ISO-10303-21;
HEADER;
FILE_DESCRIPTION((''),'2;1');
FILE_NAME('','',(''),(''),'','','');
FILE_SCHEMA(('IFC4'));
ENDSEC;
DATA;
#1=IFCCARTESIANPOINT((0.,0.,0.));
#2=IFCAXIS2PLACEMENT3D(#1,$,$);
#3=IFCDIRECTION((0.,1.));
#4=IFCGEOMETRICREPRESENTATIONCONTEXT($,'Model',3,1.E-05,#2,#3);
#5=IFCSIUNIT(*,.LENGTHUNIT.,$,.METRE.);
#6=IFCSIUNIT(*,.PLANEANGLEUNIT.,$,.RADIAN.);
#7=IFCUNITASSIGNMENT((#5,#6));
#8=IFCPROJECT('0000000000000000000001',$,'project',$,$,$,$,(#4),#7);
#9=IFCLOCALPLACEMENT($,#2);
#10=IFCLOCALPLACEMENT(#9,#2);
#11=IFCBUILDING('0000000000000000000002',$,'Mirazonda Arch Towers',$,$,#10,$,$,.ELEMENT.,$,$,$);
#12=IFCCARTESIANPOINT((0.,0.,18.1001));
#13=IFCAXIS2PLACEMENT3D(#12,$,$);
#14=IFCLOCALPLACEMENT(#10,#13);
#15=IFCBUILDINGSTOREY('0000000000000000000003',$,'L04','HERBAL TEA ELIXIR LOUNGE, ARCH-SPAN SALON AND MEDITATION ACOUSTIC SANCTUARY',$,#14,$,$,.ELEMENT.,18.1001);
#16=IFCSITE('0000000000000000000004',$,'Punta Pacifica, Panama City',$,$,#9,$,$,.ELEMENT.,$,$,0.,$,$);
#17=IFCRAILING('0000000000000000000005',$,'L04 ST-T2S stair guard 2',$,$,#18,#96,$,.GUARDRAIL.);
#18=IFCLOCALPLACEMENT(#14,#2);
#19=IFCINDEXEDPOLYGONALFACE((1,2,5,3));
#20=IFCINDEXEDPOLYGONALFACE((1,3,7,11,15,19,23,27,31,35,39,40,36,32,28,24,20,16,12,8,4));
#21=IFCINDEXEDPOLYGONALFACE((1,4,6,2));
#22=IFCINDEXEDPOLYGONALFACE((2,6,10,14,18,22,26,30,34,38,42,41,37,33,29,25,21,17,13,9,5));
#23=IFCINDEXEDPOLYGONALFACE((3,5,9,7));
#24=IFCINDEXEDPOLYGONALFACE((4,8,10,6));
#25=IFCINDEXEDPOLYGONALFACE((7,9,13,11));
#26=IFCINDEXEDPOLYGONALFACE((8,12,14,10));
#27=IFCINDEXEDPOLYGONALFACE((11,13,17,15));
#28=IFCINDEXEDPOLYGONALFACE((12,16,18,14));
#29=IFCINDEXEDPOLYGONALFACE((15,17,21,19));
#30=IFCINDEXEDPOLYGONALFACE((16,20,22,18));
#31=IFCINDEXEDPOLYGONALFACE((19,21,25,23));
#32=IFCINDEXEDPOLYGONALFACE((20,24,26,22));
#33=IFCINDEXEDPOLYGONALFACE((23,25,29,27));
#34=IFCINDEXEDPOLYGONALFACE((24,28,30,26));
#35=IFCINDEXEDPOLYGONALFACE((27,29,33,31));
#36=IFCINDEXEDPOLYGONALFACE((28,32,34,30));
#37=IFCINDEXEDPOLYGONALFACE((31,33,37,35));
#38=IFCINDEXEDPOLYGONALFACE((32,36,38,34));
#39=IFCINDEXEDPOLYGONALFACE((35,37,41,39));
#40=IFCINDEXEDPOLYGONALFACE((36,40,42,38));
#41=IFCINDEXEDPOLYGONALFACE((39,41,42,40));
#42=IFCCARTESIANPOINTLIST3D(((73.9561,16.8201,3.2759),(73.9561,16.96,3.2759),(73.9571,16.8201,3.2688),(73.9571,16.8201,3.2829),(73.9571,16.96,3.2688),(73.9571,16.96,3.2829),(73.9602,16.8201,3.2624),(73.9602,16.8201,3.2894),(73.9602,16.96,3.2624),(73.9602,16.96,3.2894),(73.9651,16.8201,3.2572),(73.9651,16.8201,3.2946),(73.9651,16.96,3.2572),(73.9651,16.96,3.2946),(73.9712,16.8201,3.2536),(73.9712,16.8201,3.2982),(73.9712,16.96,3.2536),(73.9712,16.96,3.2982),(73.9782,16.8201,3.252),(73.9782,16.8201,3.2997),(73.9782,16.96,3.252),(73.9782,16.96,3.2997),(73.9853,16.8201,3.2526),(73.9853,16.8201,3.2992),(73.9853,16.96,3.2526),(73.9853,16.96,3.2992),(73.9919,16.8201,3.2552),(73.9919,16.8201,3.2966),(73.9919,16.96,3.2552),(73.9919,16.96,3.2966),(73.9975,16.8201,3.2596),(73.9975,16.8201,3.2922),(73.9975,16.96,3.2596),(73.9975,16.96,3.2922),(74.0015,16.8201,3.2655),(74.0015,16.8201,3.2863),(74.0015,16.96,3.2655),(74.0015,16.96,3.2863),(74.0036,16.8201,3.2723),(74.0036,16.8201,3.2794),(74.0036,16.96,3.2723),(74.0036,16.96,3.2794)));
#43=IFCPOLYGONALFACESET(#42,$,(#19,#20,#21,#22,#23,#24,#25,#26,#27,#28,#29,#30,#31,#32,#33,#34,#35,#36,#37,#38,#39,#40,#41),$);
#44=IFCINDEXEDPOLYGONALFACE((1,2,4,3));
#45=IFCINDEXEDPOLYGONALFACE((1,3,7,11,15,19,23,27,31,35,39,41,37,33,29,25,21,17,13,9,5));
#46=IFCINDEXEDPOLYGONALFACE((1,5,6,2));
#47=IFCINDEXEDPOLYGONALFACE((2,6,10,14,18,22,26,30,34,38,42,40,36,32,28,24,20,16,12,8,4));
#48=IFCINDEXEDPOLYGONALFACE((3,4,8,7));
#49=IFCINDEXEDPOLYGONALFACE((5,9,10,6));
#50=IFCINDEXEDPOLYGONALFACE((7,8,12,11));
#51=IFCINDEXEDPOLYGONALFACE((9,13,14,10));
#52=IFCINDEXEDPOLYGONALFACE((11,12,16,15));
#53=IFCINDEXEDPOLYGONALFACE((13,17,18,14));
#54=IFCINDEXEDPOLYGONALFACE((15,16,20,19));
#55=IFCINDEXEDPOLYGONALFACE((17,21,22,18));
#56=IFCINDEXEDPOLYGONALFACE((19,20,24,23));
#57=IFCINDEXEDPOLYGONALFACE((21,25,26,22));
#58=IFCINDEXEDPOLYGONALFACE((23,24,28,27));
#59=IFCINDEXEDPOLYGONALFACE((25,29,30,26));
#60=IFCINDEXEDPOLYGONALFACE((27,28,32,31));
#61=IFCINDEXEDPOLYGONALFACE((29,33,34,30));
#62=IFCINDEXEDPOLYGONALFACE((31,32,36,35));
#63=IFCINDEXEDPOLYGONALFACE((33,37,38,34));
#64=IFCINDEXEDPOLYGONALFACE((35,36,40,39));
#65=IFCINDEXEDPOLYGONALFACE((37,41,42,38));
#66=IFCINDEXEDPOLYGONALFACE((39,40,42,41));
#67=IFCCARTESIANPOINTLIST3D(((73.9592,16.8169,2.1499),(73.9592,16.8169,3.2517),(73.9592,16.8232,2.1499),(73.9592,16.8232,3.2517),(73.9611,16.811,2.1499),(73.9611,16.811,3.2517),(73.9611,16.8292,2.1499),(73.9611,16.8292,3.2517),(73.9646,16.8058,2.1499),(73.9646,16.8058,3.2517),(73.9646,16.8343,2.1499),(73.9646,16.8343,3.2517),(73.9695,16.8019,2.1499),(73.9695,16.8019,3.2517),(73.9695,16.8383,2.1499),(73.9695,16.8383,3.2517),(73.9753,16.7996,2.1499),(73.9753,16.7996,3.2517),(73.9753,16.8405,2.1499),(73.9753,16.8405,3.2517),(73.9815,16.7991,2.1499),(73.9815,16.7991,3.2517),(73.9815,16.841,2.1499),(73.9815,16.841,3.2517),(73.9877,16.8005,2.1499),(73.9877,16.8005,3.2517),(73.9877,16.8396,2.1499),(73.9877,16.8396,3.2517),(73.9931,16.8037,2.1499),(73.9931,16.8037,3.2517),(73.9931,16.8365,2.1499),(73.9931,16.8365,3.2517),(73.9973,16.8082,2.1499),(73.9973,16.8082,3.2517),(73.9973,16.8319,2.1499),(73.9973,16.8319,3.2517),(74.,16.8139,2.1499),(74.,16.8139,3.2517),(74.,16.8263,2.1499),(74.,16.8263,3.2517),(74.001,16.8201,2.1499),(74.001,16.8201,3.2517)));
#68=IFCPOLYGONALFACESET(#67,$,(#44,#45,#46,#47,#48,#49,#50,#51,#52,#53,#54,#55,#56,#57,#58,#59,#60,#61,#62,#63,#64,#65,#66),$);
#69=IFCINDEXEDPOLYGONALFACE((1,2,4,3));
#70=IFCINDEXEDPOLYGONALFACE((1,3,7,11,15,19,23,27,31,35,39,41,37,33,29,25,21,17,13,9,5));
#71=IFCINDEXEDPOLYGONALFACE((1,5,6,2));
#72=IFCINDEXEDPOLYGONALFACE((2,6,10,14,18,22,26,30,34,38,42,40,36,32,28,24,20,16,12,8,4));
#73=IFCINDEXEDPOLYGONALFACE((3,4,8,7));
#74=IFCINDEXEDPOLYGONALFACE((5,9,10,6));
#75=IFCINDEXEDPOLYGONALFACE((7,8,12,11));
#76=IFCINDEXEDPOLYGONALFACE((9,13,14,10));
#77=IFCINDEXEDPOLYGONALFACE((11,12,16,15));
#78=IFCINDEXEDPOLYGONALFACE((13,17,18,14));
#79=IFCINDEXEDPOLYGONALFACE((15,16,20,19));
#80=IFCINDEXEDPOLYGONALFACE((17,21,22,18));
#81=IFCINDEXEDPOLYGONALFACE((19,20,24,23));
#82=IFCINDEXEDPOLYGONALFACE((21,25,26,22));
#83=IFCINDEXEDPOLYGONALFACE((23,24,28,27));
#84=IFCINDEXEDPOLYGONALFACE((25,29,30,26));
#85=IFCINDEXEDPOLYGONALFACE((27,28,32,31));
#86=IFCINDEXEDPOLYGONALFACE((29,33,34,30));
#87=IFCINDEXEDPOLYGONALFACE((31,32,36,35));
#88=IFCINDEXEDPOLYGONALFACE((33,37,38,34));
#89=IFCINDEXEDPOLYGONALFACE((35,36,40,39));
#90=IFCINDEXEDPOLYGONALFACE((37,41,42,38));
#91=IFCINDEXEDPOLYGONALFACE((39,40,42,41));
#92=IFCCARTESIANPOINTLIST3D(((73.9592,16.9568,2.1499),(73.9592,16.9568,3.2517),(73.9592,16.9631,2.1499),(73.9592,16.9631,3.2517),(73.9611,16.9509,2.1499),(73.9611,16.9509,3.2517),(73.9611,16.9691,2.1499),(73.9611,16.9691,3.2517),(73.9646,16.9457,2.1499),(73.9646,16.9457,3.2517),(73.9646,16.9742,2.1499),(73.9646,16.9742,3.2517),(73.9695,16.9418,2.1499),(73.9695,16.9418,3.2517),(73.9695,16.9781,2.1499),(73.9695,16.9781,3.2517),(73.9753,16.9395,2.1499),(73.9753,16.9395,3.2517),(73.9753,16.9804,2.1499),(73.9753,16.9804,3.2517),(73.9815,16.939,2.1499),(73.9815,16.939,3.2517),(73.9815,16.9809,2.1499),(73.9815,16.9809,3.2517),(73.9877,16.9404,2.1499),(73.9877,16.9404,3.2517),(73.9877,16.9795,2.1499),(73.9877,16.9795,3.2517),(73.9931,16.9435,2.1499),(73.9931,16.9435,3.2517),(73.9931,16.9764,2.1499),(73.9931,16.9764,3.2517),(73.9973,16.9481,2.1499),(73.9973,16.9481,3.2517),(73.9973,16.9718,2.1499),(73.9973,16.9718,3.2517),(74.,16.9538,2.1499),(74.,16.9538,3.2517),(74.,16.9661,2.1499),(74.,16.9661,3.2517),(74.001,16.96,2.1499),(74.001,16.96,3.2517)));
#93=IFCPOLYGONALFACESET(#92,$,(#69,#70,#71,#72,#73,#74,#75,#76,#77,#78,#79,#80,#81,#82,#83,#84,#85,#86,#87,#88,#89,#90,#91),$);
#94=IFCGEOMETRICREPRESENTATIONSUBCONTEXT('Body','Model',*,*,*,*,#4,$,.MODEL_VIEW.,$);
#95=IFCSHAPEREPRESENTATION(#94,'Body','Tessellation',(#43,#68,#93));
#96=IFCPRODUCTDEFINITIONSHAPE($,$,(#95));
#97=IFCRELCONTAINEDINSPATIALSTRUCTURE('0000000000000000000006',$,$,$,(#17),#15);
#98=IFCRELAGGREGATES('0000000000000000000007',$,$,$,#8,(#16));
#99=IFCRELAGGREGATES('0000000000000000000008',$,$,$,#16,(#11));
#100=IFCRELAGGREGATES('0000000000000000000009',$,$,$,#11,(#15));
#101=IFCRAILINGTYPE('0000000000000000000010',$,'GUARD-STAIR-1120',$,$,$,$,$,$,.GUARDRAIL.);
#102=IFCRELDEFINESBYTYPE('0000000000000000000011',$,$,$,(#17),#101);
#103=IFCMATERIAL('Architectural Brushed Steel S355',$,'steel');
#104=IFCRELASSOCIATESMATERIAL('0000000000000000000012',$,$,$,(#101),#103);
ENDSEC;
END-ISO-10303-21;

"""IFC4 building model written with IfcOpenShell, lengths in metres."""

from ifc_helpers import new_model, si_unit, direction, frame, origin, origin_2d, place, context, subcontext, project, spatial, circle, extrude, material, type_object, element, save


model = new_model("IFC4")

# Units and contexts
model_context = context("Model", 3, precision=1e-05, world=origin(), true_north=direction((0.0, 1.0)))
body_context = subcontext(model_context, "Body", "Model", "MODEL_VIEW")
ifc_project = project(units=[si_unit("LENGTHUNIT", "METRE"), si_unit("PLANEANGLEUNIT", "RADIAN")], contexts=[model_context])

# Site, building, storey
site_placement = place(None, origin())
site = spatial("IfcSite", under=ifc_project, at=site_placement, Name="Punta Pacifica, Panama City", CompositionType="ELEMENT", RefElevation=0.0)
building_placement = place(site_placement, origin())
building = spatial("IfcBuilding", under=site, at=building_placement, Name="Mirazonda Arch Towers", CompositionType="ELEMENT")
storey_placement = place(building_placement, frame((0.0, 0.0, 18.1001)))
storey = spatial("IfcBuildingStorey", under=building, at=storey_placement, Name="L04", Description="HERBAL TEA ELIXIR LOUNGE, ARCH-SPAN SALON AND MEDITATION ACOUSTIC SANCTUARY", CompositionType="ELEMENT", Elevation=18.1001)

# Railing
ifc_material_1 = material(Name="Architectural Brushed Steel S355", Category="steel")
railing_type_1 = type_object("IfcRailingType", Name="GUARD-STAIR-1120", PredefinedType="GUARDRAIL", material=ifc_material_1)
railing_1_placement = place(storey_placement, frame((73.98, 16.8201, 2.1499)))
element("IfcRailing", 1, at=railing_1_placement, inside=storey, type_object=railing_type_1, Name="L04 ST-T2S stair guard 2", PredefinedType="GUARDRAIL", context=body_context, shape_type="SweptSolid", body=[
    extrude(circle(Radius=0.0239, at=origin_2d()), frame((0.0, 0.0, 1.126), z_axis=(0.0, 1.0, 0.0), x_axis=(-1.0, 0.0, 0.0)), (0.0, 0.0, 1.0), 0.1399),
    extrude(circle(Radius=0.021, at=origin_2d()), origin(), (0.0, 0.0, 1.0), 1.1018),
    extrude(circle(Radius=0.021, at=origin_2d()), frame((0.0, 0.1399, 0.0)), (0.0, 0.0, 1.0), 1.1018),
])

save(model, "model.ifc")
